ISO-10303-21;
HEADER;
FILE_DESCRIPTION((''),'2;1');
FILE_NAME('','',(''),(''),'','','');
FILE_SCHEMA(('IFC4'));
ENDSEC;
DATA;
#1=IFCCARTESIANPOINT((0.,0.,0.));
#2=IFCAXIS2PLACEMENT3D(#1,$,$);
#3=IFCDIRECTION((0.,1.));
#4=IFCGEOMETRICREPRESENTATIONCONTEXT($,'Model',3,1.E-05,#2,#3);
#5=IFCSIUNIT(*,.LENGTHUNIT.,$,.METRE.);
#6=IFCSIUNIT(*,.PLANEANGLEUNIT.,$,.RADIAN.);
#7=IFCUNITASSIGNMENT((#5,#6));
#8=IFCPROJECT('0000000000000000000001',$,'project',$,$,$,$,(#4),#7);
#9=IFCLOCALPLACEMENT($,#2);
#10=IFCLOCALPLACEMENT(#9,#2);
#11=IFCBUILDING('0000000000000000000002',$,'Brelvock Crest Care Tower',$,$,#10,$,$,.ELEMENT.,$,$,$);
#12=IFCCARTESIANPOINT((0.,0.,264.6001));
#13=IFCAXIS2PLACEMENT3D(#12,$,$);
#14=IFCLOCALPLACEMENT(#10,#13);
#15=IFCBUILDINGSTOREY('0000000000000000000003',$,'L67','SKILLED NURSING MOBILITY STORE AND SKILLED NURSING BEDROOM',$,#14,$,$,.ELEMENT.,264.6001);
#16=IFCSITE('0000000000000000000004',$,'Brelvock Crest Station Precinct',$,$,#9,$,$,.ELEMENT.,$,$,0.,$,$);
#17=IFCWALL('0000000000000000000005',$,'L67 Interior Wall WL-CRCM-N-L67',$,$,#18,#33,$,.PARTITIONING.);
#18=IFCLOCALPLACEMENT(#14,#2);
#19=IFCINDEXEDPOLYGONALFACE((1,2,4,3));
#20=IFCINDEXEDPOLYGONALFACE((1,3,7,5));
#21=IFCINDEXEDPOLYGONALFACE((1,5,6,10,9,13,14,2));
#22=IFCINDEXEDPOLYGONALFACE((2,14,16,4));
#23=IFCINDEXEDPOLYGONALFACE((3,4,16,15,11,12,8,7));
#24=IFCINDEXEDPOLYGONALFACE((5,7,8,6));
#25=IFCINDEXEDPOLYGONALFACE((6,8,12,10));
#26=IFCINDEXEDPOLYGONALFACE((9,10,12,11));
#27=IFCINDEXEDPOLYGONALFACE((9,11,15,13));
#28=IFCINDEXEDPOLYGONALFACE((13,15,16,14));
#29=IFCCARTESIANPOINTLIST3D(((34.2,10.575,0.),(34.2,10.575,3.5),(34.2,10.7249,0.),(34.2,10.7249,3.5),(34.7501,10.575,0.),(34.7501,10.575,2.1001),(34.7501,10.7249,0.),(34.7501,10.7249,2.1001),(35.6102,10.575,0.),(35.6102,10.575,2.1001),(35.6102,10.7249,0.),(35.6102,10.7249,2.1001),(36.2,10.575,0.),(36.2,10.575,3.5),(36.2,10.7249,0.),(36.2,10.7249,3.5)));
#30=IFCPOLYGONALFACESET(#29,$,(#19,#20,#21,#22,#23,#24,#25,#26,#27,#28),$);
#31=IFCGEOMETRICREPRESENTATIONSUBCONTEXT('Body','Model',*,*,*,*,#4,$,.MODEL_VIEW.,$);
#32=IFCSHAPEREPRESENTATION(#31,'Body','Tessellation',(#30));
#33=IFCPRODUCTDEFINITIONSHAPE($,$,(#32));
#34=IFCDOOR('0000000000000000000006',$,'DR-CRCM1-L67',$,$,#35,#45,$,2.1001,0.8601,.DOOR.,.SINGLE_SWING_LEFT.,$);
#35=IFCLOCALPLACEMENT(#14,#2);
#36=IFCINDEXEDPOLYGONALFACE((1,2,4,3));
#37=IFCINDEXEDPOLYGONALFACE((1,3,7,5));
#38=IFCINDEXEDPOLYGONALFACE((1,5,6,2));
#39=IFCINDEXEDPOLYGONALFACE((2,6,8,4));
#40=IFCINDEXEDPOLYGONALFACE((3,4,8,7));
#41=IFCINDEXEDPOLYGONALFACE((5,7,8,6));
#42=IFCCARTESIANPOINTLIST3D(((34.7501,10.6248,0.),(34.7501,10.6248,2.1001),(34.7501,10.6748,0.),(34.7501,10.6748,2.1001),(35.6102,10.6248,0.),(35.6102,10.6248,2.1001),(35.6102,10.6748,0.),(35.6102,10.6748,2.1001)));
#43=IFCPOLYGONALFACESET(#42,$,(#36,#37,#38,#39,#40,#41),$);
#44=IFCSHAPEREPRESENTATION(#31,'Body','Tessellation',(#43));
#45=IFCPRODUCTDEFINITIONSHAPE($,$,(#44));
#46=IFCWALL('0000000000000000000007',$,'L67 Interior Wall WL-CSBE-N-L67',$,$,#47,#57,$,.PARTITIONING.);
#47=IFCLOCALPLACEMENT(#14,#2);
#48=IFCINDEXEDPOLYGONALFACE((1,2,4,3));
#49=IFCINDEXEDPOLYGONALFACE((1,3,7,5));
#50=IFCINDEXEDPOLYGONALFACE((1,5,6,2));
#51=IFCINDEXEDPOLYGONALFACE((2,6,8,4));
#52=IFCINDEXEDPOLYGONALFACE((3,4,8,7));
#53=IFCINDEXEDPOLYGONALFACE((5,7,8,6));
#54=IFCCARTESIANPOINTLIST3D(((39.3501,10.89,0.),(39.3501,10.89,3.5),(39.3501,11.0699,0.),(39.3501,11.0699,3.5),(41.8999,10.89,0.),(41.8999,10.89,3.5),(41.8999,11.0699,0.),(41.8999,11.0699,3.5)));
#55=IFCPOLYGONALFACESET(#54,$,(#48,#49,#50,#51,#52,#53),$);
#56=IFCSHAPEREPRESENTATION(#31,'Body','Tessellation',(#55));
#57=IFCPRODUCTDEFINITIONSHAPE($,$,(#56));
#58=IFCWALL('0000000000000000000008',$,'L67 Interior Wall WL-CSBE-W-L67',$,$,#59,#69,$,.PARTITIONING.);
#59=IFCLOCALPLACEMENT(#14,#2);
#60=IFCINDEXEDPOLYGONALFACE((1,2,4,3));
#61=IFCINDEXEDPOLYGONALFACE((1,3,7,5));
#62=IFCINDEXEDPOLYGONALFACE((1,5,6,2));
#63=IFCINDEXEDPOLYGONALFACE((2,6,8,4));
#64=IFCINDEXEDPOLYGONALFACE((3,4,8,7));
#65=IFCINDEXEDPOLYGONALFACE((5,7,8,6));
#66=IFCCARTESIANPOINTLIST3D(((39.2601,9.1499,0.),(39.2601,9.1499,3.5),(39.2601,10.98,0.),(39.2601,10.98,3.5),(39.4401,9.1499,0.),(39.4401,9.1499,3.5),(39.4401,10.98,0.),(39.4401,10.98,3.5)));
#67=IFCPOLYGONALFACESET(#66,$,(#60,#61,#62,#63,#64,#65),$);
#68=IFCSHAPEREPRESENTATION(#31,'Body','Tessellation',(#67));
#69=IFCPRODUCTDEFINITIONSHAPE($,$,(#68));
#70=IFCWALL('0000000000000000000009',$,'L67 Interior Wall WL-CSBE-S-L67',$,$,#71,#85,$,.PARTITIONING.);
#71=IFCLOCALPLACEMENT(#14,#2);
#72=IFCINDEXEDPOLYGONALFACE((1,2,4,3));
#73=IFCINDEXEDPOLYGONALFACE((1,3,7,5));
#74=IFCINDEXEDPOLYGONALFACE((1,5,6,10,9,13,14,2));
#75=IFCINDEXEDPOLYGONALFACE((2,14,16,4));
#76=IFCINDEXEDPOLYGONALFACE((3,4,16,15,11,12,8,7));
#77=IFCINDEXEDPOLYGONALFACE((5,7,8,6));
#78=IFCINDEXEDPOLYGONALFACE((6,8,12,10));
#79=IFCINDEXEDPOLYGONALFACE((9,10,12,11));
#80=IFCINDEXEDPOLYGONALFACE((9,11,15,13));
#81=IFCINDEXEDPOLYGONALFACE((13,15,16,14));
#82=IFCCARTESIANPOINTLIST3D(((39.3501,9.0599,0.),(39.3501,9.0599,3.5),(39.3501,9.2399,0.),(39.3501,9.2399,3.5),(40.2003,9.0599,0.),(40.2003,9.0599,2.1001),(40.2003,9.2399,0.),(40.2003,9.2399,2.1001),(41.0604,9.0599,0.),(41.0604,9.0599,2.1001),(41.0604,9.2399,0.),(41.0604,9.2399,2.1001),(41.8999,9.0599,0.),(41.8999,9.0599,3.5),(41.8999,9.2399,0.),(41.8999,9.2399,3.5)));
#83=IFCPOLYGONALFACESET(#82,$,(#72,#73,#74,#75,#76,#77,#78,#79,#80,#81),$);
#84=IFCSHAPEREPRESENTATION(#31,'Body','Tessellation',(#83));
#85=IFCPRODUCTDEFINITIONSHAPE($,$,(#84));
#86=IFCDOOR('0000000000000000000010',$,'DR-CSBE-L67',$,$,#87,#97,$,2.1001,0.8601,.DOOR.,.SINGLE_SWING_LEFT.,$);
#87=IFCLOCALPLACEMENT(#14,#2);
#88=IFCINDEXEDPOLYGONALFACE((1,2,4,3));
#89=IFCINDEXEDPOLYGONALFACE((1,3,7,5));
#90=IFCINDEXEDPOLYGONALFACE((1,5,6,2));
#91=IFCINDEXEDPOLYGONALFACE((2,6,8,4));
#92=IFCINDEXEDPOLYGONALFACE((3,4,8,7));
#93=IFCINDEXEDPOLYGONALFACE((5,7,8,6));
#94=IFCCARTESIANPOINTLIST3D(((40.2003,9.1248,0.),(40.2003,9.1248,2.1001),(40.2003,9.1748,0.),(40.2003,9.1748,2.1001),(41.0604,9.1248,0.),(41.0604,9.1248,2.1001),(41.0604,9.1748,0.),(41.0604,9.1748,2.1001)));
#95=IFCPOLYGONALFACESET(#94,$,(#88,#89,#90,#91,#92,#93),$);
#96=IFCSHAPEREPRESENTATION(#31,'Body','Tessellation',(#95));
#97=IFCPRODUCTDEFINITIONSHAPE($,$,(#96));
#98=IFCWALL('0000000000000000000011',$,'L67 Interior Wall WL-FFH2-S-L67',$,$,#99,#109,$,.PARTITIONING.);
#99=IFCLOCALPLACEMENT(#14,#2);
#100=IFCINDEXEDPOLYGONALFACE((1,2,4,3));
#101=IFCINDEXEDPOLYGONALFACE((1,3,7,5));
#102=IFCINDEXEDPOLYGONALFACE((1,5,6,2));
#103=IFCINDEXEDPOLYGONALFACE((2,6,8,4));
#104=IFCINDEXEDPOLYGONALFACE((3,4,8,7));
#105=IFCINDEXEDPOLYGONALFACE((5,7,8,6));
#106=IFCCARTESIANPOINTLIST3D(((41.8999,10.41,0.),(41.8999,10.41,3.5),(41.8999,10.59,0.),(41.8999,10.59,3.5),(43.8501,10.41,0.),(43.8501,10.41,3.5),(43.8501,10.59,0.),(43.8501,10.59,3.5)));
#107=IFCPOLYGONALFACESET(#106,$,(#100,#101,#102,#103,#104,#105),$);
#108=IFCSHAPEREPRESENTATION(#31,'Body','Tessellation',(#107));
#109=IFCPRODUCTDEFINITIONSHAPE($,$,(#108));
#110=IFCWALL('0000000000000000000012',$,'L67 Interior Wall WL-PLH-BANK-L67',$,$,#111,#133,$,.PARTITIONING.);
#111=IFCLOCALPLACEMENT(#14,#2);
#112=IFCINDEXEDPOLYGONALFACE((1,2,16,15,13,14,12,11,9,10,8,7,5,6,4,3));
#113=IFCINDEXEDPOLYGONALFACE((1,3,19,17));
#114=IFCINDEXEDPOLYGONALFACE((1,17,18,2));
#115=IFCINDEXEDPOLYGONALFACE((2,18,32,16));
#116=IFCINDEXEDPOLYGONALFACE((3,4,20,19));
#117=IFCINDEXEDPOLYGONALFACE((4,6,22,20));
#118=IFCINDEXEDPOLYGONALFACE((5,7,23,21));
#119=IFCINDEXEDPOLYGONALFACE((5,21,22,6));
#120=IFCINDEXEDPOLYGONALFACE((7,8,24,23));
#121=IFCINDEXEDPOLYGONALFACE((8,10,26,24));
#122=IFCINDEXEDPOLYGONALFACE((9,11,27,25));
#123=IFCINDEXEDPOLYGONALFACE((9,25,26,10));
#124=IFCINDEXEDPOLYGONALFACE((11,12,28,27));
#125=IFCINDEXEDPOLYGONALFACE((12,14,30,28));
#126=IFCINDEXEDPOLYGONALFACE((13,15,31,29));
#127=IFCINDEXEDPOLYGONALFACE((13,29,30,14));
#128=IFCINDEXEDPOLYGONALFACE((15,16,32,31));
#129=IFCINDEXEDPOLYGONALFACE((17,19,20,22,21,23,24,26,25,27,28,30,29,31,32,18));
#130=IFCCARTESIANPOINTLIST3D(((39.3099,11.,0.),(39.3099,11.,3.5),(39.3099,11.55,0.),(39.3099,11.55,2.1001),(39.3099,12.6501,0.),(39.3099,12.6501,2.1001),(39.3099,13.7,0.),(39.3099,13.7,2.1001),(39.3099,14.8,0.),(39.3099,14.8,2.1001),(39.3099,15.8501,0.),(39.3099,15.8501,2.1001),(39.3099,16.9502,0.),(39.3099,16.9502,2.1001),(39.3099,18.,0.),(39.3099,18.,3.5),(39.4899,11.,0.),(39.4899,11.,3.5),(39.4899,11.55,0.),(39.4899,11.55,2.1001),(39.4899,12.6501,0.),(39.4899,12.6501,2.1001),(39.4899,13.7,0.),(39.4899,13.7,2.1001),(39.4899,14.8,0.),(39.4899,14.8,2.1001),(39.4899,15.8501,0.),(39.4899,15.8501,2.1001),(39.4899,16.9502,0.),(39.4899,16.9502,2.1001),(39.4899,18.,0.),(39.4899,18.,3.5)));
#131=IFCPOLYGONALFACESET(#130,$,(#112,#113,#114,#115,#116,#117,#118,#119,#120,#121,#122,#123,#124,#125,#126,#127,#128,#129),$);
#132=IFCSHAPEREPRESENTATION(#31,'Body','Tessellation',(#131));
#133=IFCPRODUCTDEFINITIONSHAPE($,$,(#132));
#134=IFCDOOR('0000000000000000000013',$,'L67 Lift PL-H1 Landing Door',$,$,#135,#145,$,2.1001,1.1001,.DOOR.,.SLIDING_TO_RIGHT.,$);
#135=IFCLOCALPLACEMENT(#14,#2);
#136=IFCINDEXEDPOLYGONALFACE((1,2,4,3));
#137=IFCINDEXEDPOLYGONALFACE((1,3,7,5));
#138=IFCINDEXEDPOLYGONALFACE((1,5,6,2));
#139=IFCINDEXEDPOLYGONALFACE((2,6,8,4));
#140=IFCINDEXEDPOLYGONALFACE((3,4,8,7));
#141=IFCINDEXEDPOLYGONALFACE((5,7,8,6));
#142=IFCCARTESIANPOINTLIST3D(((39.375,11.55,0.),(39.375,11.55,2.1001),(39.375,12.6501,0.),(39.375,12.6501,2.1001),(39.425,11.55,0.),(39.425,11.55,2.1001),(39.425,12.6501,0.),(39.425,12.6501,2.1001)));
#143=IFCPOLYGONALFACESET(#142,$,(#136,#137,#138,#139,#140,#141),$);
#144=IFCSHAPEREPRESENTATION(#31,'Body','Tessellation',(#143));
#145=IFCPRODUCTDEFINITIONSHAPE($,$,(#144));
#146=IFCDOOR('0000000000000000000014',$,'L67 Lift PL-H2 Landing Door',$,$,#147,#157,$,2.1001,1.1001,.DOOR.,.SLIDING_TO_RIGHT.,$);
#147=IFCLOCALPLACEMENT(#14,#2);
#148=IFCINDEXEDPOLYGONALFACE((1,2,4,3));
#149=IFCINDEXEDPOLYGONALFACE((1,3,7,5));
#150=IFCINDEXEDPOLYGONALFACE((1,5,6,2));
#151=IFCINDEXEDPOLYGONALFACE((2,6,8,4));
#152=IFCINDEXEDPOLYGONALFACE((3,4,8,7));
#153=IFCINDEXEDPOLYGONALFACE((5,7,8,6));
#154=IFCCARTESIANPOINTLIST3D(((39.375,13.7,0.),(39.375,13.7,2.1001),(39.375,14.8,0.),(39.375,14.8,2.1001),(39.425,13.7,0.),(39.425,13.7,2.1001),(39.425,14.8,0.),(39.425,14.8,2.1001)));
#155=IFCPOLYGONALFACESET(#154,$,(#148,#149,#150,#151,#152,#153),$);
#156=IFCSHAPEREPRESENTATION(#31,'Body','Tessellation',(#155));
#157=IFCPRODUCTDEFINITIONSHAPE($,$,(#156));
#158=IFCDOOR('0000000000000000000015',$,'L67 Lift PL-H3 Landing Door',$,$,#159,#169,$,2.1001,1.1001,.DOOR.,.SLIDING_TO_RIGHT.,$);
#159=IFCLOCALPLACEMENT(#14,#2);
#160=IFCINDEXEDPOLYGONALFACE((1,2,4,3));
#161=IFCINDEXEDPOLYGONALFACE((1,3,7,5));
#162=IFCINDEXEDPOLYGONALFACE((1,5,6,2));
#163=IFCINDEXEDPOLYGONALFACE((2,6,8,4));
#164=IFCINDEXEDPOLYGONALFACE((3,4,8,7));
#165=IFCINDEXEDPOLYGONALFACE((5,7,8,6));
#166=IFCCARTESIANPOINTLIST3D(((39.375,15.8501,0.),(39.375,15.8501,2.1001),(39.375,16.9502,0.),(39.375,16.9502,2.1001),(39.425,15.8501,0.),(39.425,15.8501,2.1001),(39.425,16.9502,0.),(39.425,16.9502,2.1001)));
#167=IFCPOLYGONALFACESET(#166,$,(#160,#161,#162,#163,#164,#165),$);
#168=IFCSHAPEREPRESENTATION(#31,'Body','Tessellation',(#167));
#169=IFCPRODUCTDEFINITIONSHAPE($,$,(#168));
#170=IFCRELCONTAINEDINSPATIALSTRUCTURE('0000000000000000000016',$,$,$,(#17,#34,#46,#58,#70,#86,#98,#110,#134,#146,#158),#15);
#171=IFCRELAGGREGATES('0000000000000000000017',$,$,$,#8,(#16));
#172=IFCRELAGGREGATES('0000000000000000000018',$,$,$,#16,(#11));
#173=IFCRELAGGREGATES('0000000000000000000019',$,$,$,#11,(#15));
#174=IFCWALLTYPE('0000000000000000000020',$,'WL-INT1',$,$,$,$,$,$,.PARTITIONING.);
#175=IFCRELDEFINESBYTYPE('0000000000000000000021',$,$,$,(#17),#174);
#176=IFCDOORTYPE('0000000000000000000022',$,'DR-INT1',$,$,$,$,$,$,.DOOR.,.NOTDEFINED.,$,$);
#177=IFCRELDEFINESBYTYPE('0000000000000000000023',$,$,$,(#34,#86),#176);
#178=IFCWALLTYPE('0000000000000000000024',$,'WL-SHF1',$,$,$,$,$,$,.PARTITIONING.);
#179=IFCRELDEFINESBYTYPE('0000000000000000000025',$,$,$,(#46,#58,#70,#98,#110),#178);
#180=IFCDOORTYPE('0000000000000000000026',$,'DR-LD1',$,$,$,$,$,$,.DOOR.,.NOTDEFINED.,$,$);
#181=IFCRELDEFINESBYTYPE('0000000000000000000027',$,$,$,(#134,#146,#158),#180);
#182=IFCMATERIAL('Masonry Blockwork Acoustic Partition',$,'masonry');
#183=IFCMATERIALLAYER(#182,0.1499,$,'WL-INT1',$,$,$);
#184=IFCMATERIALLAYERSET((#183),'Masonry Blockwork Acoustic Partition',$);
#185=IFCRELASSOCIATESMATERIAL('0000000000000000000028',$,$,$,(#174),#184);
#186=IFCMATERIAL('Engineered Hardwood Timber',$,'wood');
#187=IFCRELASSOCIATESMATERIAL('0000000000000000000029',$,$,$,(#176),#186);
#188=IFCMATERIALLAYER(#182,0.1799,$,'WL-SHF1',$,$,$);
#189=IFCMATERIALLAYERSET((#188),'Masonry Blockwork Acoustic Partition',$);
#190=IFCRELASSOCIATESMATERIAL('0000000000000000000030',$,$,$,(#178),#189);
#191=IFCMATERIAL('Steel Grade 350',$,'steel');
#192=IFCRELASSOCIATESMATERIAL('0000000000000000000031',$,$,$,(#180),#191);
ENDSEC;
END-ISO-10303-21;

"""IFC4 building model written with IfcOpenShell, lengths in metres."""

from ifc_helpers import new_model, si_unit, direction, frame, frame_2d, origin, origin_2d, place, context, subcontext, project, spatial, rectangle, extrude, source, transform, mapped, material, layer, layer_set, type_object, element, fill, save


model = new_model("IFC4")

# Units and contexts
model_context = context("Model", 3, precision=1e-05, world=origin(), true_north=direction((0.0, 1.0)))
body_context = subcontext(model_context, "Body", "Model", "MODEL_VIEW")
ifc_project = project(units=[si_unit("LENGTHUNIT", "METRE"), si_unit("PLANEANGLEUNIT", "RADIAN")], contexts=[model_context])

# Site, building, storey
site_placement = place(None, origin())
site = spatial("IfcSite", under=ifc_project, at=site_placement, Name="Brelvock Crest Station Precinct", CompositionType="ELEMENT", RefElevation=0.0)
building_placement = place(site_placement, origin())
building = spatial("IfcBuilding", under=site, at=building_placement, Name="Brelvock Crest Care Tower", CompositionType="ELEMENT")
storey_placement = place(building_placement, frame((0.0, 0.0, 264.6001)))
storey = spatial("IfcBuildingStorey", under=building, at=storey_placement, Name="L67", Description="SKILLED NURSING MOBILITY STORE AND SKILLED NURSING BEDROOM", CompositionType="ELEMENT", Elevation=264.6001)

# Shared definitions
ifc_material_1 = material(Name="Steel Grade 350", Category="steel")

# Shared definitions
ifc_material_2 = material(Name="Masonry Blockwork Acoustic Partition", Category="masonry")
ifc_layer_1 = layer(ifc_material_2, 0.1499, Name="WL-INT1")
ifc_layer_set_1 = layer_set([ifc_layer_1], Name="Masonry Blockwork Acoustic Partition")
wall_type_1 = type_object("IfcWallType", Name="WL-INT1", PredefinedType="PARTITIONING", material=ifc_layer_set_1)

# Wall, opening, door
wall_1_placement = place(storey_placement, frame((34.2, 10.6499, 0.0), z_axis=(0.0, 0.0, 1.0), x_axis=(1.0, 0.0, 0.0)))
wall_1 = element("IfcWall", 1, at=wall_1_placement, inside=storey, type_object=wall_type_1, Name="L67 Interior Wall WL-CRCM-N-L67", PredefinedType="PARTITIONING", context=body_context, shape_type="SweptSolid", body=[
    extrude(rectangle(XDim=2.0, YDim=0.1499, at=frame_2d((1.0, 0.0))), origin(), (0.0, 0.0, 1.0), 3.5),
])
opening_1_placement = place(wall_1_placement, frame((0.55, 0.0, 0.0)))
opening_1 = element("IfcOpeningElement", 2, at=opening_1_placement, cuts=wall_1, PredefinedType="OPENING", context=body_context, shape_type="SweptSolid", body=[
    extrude(rectangle(XDim=0.8601, YDim=2.1001, at=origin_2d()), frame((0.4302, 0.085, 1.05), z_axis=(0.0, -1.0, 0.0), x_axis=(1.0, 0.0, 0.0)), (0.0, 0.0, 1.0), 0.1699),
])
ifc_material_3 = material(Name="Engineered Hardwood Timber", Category="wood")
door_type_1 = type_object("IfcDoorType", Name="DR-INT1", OperationType="NOTDEFINED", PredefinedType="DOOR", material=ifc_material_3)
shared_shape_1 = source(origin(), body_context, "Body", "SweptSolid", [
    extrude(rectangle(XDim=0.8601, YDim=2.1001, at=origin_2d()), frame((0.4302, 0.0249, 1.05), z_axis=(0.0, -1.0, 0.0), x_axis=(1.0, 0.0, 0.0)), (0.0, 0.0, 1.0), 0.05),
])
door_1_placement = place(opening_1_placement, origin())
door_1 = element("IfcDoor", 3, at=door_1_placement, inside=storey, type_object=door_type_1, Name="DR-CRCM1-L67", OperationType="SINGLE_SWING_LEFT", OverallHeight=2.1001, OverallWidth=0.8601, PredefinedType="DOOR", context=body_context, shape_type="MappedRepresentation", body=[
    mapped(shared_shape_1, transform((0.0, 0.0, 0.0), x_axis=(1.0, 0.0, 0.0), y_axis=(0.0, 1.0, 0.0), z_axis=(0.0, 0.0, 1.0), scale=1.0)),
])
fill(opening_1, door_1)

# Walls
ifc_layer_2 = layer(ifc_material_2, 0.1799, Name="WL-SHF1")
ifc_layer_set_2 = layer_set([ifc_layer_2], Name="Masonry Blockwork Acoustic Partition")
wall_type_2 = type_object("IfcWallType", Name="WL-SHF1", PredefinedType="PARTITIONING", material=ifc_layer_set_2)
wall_2_placement = place(storey_placement, frame((39.3501, 10.98, 0.0), z_axis=(0.0, 0.0, 1.0), x_axis=(1.0, 0.0, 0.0)))
element("IfcWall", 4, at=wall_2_placement, inside=storey, type_object=wall_type_2, Name="L67 Interior Wall WL-CSBE-N-L67", PredefinedType="PARTITIONING", context=body_context, shape_type="SweptSolid", body=[
    extrude(rectangle(XDim=2.5498, YDim=0.1799, at=frame_2d((1.2749, 0.0))), origin(), (0.0, 0.0, 1.0), 3.5),
])
wall_3_placement = place(storey_placement, frame((39.3501, 9.1499, 0.0), z_axis=(0.0, 0.0, 1.0), x_axis=(0.0, 1.0, 0.0)))
element("IfcWall", 5, at=wall_3_placement, inside=storey, type_object=wall_type_2, Name="L67 Interior Wall WL-CSBE-W-L67", PredefinedType="PARTITIONING", context=body_context, shape_type="SweptSolid", body=[
    extrude(rectangle(XDim=1.8301, YDim=0.1799, at=frame_2d((0.915, 0.0))), origin(), (0.0, 0.0, 1.0), 3.5),
])

# Wall, opening, door
wall_4_placement = place(storey_placement, frame((39.3501, 9.1499, 0.0), z_axis=(0.0, 0.0, 1.0), x_axis=(1.0, 0.0, 0.0)))
wall_4 = element("IfcWall", 6, at=wall_4_placement, inside=storey, type_object=wall_type_2, Name="L67 Interior Wall WL-CSBE-S-L67", PredefinedType="PARTITIONING", context=body_context, shape_type="SweptSolid", body=[
    extrude(rectangle(XDim=2.5498, YDim=0.1799, at=frame_2d((1.2749, 0.0))), origin(), (0.0, 0.0, 1.0), 3.5),
])
opening_2_placement = place(wall_4_placement, frame((0.8501, 0.0, 0.0)))
opening_2 = element("IfcOpeningElement", 7, at=opening_2_placement, cuts=wall_4, PredefinedType="OPENING", context=body_context, shape_type="SweptSolid", body=[
    extrude(rectangle(XDim=0.8601, YDim=2.1001, at=origin_2d()), frame((0.4302, 0.1001, 1.05), z_axis=(0.0, -1.0, 0.0), x_axis=(1.0, 0.0, 0.0)), (0.0, 0.0, 1.0), 0.2),
])
door_2_placement = place(opening_2_placement, origin())
door_2 = element("IfcDoor", 8, at=door_2_placement, inside=storey, type_object=door_type_1, Name="DR-CSBE-L67", OperationType="SINGLE_SWING_LEFT", OverallHeight=2.1001, OverallWidth=0.8601, PredefinedType="DOOR", context=body_context, shape_type="MappedRepresentation", body=[
    mapped(shared_shape_1, transform((0.0, 0.0, 0.0), x_axis=(1.0, 0.0, 0.0), y_axis=(0.0, 1.0, 0.0), z_axis=(0.0, 0.0, 1.0), scale=1.0)),
])
fill(opening_2, door_2)

# Wall
wall_5_placement = place(storey_placement, frame((41.8999, 10.5, 0.0), z_axis=(0.0, 0.0, 1.0), x_axis=(1.0, 0.0, 0.0)))
element("IfcWall", 9, at=wall_5_placement, inside=storey, type_object=wall_type_2, Name="L67 Interior Wall WL-FFH2-S-L67", PredefinedType="PARTITIONING", context=body_context, shape_type="SweptSolid", body=[
    extrude(rectangle(XDim=1.9502, YDim=0.1799, at=frame_2d((0.9751, 0.0))), origin(), (0.0, 0.0, 1.0), 3.5),
])

# Wall, openings, doors
wall_6_placement = place(storey_placement, frame((39.3999, 11.0, 0.0), z_axis=(0.0, 0.0, 1.0), x_axis=(0.0, 1.0, 0.0)))
wall_6 = element("IfcWall", 10, at=wall_6_placement, inside=storey, type_object=wall_type_2, Name="L67 Interior Wall WL-PLH-BANK-L67", PredefinedType="PARTITIONING", context=body_context, shape_type="SweptSolid", body=[
    extrude(rectangle(XDim=7.0, YDim=0.1799, at=frame_2d((3.5, 0.0))), origin(), (0.0, 0.0, 1.0), 3.5),
])
opening_3_placement = place(wall_6_placement, frame((0.55, 0.0, 0.0)))
opening_3 = element("IfcOpeningElement", 11, at=opening_3_placement, cuts=wall_6, PredefinedType="OPENING", context=body_context, shape_type="SweptSolid", body=[
    extrude(rectangle(XDim=1.1001, YDim=2.1001, at=origin_2d()), frame((0.55, 0.1001, 1.05), z_axis=(0.0, -1.0, 0.0), x_axis=(1.0, 0.0, 0.0)), (0.0, 0.0, 1.0), 0.2),
])
opening_4_placement = place(wall_6_placement, frame((2.7, 0.0, 0.0)))
opening_4 = element("IfcOpeningElement", 12, at=opening_4_placement, cuts=wall_6, PredefinedType="OPENING", context=body_context, shape_type="SweptSolid", body=[
    extrude(rectangle(XDim=1.1001, YDim=2.1001, at=origin_2d()), frame((0.55, 0.1001, 1.05), z_axis=(0.0, -1.0, 0.0), x_axis=(1.0, 0.0, 0.0)), (0.0, 0.0, 1.0), 0.2),
])
opening_5_placement = place(wall_6_placement, frame((4.8501, 0.0, 0.0)))
opening_5 = element("IfcOpeningElement", 13, at=opening_5_placement, cuts=wall_6, PredefinedType="OPENING", context=body_context, shape_type="SweptSolid", body=[
    extrude(rectangle(XDim=1.1001, YDim=2.1001, at=origin_2d()), frame((0.55, 0.1001, 1.05), z_axis=(0.0, -1.0, 0.0), x_axis=(1.0, 0.0, 0.0)), (0.0, 0.0, 1.0), 0.2),
])
door_type_2 = type_object("IfcDoorType", Name="DR-LD1", OperationType="NOTDEFINED", PredefinedType="DOOR", material=ifc_material_1)
shared_shape_2 = source(origin(), body_context, "Body", "SweptSolid", [
    extrude(rectangle(XDim=1.1001, YDim=2.1001, at=origin_2d()), frame((0.55, 0.0249, 1.05), z_axis=(0.0, -1.0, 0.0), x_axis=(1.0, 0.0, 0.0)), (0.0, 0.0, 1.0), 0.05),
])
door_3_placement = place(opening_3_placement, origin())
door_3 = element("IfcDoor", 14, at=door_3_placement, inside=storey, type_object=door_type_2, Name="L67 Lift PL-H1 Landing Door", OperationType="SLIDING_TO_RIGHT", OverallHeight=2.1001, OverallWidth=1.1001, PredefinedType="DOOR", context=body_context, shape_type="MappedRepresentation", body=[
    mapped(shared_shape_2, transform((0.0, 0.0, 0.0), x_axis=(1.0, 0.0, 0.0), y_axis=(0.0, 1.0, 0.0), z_axis=(0.0, 0.0, 1.0), scale=1.0)),
])
fill(opening_3, door_3)
door_4_placement = place(opening_4_placement, origin())
door_4 = element("IfcDoor", 15, at=door_4_placement, inside=storey, type_object=door_type_2, Name="L67 Lift PL-H2 Landing Door", OperationType="SLIDING_TO_RIGHT", OverallHeight=2.1001, OverallWidth=1.1001, PredefinedType="DOOR", context=body_context, shape_type="MappedRepresentation", body=[
    mapped(shared_shape_2, transform((0.0, 0.0, 0.0), x_axis=(1.0, 0.0, 0.0), y_axis=(0.0, 1.0, 0.0), z_axis=(0.0, 0.0, 1.0), scale=1.0)),
])
fill(opening_4, door_4)
door_5_placement = place(opening_5_placement, origin())
door_5 = element("IfcDoor", 16, at=door_5_placement, inside=storey, type_object=door_type_2, Name="L67 Lift PL-H3 Landing Door", OperationType="SLIDING_TO_RIGHT", OverallHeight=2.1001, OverallWidth=1.1001, PredefinedType="DOOR", context=body_context, shape_type="MappedRepresentation", body=[
    mapped(shared_shape_2, transform((0.0, 0.0, 0.0), x_axis=(1.0, 0.0, 0.0), y_axis=(0.0, 1.0, 0.0), z_axis=(0.0, 0.0, 1.0), scale=1.0)),
])
fill(opening_5, door_5)

save(model, "model.ifc")
